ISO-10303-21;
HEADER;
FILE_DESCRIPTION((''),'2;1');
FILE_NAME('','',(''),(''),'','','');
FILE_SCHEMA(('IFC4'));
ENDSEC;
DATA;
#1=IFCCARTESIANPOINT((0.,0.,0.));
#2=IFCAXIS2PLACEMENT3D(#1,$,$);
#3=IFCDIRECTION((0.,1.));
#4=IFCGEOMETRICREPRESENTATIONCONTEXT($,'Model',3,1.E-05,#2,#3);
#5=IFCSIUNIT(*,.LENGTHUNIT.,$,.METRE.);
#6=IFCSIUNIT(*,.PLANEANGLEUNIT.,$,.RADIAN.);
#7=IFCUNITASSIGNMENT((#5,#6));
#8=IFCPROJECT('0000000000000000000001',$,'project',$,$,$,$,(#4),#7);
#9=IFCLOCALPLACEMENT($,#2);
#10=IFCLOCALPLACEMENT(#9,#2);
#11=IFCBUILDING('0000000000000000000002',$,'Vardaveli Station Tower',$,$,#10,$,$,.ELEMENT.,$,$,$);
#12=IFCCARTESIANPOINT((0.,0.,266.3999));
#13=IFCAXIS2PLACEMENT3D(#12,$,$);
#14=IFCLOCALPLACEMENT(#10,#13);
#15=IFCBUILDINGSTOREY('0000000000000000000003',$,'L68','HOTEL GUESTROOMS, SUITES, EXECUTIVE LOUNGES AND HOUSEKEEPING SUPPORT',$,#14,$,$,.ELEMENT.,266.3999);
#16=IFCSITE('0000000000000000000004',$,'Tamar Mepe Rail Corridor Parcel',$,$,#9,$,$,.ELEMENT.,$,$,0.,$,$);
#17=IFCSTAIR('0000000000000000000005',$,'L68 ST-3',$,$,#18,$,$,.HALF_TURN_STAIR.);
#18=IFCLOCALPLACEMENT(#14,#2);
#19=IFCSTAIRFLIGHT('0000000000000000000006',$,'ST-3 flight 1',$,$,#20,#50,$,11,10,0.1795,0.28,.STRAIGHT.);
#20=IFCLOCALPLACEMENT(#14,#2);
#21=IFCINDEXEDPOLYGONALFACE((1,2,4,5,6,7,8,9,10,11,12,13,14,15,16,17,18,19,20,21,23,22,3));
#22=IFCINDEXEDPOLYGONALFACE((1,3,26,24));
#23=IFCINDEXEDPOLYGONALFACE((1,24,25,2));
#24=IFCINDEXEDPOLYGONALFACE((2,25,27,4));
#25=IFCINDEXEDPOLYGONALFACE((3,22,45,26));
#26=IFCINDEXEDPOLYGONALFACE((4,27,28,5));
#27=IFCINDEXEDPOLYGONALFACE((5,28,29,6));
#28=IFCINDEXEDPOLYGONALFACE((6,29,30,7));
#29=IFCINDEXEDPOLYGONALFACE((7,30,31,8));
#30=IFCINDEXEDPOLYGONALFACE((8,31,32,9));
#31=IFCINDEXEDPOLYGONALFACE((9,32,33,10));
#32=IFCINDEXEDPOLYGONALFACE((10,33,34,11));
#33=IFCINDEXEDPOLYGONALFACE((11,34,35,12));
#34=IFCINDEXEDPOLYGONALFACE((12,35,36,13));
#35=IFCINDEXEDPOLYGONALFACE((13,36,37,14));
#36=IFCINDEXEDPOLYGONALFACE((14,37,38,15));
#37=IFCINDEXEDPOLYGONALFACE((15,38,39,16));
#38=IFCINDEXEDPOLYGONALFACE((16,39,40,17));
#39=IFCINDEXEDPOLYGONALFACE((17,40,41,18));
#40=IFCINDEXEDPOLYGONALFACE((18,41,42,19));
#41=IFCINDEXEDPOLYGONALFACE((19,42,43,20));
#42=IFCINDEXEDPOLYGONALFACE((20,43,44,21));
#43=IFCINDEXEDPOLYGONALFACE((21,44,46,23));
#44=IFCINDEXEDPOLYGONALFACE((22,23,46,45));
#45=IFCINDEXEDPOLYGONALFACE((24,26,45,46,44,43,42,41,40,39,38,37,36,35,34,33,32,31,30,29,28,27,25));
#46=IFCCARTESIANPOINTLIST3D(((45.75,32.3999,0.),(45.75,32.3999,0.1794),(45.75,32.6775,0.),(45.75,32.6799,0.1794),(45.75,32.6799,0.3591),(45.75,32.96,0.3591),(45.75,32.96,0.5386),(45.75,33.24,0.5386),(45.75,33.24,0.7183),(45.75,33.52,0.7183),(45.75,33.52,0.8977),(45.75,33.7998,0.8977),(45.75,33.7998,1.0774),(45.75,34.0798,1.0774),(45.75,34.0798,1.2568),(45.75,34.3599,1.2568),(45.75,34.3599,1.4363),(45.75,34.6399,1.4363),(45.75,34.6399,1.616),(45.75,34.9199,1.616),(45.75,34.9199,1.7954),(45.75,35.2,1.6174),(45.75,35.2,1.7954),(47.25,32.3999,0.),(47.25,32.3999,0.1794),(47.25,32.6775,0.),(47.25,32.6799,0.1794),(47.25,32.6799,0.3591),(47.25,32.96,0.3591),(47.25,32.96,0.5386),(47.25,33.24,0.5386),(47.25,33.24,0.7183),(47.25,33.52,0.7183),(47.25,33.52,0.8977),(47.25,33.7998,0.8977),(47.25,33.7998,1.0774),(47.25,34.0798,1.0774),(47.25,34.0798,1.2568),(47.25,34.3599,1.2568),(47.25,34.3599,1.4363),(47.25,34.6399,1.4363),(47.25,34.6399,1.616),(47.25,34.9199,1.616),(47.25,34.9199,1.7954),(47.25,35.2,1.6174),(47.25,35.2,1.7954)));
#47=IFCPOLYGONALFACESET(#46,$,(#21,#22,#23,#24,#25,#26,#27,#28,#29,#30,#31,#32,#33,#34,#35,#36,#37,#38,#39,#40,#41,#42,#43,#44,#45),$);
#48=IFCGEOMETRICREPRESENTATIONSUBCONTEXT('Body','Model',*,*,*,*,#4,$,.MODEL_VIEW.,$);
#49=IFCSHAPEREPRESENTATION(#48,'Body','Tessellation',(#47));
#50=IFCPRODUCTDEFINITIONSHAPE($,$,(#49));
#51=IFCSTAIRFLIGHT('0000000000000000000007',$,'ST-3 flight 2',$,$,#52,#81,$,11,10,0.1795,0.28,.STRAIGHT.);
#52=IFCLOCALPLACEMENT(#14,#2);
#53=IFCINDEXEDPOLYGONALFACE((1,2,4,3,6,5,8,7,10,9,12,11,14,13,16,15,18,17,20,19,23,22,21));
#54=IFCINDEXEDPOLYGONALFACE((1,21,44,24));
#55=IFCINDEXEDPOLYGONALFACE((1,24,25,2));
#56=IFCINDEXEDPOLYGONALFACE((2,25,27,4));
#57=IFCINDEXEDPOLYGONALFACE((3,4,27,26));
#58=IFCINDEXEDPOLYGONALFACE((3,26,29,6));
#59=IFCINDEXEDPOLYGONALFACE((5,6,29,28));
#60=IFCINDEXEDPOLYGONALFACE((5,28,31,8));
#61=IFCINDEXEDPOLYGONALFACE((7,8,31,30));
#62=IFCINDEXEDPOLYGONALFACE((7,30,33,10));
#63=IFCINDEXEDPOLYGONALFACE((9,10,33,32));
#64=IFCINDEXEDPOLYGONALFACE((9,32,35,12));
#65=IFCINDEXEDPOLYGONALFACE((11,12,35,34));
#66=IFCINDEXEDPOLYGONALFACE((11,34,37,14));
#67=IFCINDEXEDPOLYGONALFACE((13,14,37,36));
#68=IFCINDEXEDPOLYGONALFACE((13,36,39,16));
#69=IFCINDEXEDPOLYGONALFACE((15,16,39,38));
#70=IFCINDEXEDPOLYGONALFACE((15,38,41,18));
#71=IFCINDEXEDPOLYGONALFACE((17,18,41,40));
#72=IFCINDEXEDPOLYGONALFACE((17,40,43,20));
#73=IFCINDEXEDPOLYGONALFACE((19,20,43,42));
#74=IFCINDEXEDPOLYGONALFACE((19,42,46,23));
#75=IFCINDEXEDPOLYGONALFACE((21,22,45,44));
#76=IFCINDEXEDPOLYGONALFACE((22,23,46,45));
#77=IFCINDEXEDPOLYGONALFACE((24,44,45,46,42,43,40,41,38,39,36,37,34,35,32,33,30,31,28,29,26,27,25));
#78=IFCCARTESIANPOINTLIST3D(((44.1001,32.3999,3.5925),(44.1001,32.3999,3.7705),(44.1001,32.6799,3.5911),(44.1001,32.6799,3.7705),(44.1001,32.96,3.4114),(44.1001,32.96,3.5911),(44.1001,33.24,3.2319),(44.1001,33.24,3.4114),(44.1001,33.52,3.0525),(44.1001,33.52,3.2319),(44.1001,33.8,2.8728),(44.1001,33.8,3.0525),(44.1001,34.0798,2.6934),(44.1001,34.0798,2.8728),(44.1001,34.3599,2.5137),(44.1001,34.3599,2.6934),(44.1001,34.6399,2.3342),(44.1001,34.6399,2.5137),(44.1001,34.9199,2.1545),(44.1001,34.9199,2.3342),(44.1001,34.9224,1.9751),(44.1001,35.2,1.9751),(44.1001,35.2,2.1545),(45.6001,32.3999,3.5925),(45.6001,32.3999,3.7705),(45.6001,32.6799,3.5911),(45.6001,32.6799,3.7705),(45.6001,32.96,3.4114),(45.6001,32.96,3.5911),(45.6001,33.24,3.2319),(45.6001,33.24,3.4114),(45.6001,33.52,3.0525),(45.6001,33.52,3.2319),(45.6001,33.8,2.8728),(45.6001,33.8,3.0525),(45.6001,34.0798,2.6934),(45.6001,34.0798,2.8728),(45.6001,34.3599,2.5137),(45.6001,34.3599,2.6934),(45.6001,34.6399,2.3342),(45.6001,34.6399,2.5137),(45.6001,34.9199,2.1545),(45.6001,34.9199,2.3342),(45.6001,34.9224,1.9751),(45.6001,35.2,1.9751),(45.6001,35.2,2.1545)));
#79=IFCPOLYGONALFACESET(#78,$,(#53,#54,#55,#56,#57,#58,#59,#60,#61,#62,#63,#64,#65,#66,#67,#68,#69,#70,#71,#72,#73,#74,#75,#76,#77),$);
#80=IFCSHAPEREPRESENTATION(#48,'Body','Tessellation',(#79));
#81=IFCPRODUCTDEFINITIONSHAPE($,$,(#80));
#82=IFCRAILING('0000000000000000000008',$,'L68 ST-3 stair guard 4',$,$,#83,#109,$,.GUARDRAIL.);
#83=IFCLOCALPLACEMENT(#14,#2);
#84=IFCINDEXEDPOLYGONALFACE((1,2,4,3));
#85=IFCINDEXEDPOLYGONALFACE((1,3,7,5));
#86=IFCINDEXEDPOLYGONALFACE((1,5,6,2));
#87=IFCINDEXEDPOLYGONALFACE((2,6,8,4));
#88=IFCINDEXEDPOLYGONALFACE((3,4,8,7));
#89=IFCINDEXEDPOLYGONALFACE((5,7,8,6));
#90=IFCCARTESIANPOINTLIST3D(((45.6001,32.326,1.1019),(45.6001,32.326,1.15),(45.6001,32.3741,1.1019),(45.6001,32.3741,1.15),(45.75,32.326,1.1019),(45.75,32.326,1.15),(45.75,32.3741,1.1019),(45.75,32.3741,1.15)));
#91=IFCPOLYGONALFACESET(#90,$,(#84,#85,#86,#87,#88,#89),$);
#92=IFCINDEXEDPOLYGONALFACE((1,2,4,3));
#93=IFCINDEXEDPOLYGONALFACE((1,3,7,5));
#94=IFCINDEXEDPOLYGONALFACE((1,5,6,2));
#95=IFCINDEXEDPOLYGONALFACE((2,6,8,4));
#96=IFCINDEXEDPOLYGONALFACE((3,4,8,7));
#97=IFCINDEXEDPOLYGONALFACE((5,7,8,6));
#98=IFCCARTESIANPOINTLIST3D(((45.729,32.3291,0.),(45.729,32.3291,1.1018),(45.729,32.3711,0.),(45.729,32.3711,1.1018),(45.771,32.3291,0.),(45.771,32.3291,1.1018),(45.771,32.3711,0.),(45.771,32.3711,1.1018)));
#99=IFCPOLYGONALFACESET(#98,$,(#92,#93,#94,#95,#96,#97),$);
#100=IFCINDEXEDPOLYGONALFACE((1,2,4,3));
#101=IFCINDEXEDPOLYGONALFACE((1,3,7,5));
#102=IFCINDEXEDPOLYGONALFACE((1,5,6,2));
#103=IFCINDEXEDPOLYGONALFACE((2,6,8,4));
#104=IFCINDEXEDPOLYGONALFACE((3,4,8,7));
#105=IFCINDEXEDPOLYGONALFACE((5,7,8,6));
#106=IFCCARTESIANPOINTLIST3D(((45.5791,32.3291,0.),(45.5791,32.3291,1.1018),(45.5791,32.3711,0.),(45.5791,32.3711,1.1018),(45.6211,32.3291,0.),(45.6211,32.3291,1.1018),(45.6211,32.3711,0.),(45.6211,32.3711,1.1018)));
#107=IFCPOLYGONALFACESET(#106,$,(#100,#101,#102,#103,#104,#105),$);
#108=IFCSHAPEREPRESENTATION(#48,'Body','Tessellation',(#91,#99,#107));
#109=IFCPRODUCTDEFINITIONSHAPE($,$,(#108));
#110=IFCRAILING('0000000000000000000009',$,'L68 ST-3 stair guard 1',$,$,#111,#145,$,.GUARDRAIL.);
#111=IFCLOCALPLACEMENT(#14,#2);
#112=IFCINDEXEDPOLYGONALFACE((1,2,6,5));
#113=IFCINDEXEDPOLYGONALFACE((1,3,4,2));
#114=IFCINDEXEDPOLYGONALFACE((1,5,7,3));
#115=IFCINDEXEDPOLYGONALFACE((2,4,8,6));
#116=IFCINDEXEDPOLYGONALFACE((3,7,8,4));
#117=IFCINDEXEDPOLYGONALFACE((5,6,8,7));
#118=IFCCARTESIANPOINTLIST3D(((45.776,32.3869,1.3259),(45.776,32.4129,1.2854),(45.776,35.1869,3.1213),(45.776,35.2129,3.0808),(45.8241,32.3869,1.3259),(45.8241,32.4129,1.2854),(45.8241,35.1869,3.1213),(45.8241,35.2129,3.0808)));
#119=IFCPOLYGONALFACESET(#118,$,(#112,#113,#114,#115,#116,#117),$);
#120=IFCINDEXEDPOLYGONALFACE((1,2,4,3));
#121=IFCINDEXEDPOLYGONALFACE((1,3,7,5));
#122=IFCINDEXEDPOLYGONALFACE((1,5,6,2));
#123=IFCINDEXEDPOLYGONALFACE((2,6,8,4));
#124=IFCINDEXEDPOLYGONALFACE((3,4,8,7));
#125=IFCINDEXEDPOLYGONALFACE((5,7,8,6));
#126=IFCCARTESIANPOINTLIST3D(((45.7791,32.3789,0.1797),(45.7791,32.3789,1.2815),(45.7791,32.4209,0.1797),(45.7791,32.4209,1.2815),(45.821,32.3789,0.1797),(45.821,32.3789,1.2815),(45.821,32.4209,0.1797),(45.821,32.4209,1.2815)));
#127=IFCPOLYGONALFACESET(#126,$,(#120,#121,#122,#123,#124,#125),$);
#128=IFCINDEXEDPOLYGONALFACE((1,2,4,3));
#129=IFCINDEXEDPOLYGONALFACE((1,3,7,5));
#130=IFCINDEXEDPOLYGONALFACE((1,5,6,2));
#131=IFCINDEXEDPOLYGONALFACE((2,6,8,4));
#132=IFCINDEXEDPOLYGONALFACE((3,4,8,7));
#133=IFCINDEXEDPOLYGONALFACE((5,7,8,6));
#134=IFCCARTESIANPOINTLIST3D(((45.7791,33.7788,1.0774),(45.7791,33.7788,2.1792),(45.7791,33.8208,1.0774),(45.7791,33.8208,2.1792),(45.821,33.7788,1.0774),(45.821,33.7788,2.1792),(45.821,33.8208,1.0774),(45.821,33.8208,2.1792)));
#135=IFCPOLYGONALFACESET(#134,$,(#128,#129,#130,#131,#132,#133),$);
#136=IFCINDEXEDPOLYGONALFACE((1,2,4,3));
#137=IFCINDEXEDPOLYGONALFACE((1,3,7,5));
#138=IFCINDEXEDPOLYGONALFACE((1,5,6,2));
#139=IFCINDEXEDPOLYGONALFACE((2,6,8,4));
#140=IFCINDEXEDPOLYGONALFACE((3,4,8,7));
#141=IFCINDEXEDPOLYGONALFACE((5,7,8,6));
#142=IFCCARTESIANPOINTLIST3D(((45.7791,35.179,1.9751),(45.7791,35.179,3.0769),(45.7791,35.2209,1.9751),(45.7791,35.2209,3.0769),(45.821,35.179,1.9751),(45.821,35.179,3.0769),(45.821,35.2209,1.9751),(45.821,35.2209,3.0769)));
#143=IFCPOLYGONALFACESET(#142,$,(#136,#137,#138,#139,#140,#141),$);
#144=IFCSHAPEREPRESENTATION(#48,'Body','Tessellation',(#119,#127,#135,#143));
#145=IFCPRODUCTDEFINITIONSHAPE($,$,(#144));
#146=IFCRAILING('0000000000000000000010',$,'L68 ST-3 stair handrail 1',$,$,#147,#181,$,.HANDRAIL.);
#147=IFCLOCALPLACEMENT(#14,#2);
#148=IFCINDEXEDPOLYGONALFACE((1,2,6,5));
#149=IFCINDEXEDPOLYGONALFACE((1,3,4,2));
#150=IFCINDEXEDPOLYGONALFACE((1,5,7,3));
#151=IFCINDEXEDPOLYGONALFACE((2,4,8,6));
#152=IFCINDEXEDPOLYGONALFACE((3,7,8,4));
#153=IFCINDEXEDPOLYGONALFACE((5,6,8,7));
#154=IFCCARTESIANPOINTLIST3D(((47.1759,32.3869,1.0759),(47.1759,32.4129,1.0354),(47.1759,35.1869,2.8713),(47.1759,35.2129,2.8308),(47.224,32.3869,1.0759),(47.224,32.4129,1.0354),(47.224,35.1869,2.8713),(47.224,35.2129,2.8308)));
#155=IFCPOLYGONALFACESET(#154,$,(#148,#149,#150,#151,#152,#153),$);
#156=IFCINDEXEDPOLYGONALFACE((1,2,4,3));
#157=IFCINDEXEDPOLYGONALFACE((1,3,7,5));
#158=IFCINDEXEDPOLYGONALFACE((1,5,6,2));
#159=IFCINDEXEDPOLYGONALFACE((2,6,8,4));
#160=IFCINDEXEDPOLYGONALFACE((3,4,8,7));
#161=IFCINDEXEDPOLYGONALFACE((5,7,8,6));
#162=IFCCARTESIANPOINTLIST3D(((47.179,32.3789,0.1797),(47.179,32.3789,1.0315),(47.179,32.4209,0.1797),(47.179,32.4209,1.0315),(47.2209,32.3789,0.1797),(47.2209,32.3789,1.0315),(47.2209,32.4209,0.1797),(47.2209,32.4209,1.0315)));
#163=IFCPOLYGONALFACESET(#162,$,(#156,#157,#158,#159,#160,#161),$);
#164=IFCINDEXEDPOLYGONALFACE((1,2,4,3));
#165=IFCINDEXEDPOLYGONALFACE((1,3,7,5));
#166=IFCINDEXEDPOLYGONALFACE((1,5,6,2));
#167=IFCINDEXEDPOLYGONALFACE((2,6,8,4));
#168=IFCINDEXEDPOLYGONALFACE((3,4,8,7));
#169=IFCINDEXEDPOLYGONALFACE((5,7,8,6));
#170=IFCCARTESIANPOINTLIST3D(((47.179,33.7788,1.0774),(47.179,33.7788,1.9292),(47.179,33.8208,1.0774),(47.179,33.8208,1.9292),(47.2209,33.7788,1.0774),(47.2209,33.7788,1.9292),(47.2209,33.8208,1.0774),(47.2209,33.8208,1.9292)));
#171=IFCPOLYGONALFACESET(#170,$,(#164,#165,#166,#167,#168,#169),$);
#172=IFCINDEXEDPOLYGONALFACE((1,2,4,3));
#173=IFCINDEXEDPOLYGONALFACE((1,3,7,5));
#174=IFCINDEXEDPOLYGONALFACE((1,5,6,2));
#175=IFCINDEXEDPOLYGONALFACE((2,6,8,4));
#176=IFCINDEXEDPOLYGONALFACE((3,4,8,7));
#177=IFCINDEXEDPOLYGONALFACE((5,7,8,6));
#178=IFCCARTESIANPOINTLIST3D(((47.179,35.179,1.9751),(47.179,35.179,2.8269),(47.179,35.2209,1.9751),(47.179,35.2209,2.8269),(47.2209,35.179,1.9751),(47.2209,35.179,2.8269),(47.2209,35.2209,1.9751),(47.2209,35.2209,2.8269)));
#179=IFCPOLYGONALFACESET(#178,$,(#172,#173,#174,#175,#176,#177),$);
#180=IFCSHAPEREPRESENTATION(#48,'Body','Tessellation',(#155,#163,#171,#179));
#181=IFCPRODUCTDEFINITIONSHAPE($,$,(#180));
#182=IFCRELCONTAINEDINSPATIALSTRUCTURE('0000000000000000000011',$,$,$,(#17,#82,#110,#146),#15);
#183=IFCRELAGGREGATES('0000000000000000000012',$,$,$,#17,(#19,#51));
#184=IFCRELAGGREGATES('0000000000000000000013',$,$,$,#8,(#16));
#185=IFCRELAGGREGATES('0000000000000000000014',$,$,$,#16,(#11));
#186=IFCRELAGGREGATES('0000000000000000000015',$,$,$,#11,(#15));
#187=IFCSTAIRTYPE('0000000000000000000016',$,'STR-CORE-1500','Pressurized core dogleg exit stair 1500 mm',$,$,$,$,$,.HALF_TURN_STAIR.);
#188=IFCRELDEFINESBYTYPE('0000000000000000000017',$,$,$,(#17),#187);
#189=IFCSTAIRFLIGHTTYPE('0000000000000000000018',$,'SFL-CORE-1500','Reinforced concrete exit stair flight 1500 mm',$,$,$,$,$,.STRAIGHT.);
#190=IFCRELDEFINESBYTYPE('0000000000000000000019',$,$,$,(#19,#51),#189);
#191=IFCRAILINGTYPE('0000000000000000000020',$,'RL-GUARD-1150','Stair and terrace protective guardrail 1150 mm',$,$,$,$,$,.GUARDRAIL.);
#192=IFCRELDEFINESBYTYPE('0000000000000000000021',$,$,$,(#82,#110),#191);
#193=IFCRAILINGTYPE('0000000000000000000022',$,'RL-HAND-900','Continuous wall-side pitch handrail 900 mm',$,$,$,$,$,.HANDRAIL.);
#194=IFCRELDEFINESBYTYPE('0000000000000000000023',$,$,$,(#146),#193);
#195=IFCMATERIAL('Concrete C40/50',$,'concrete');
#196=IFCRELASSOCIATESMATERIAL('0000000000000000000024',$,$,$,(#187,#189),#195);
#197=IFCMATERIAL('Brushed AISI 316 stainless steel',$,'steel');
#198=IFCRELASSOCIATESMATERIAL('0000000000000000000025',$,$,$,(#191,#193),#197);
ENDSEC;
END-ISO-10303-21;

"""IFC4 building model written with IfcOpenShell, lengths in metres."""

from ifc_helpers import new_model, si_unit, direction, frame, origin, origin_2d, place, context, subcontext, project, spatial, polyline, rectangle, outline, extrude, source, transform, mapped, material, type_object, element, aggregate, save


model = new_model("IFC4")

# Units and contexts
model_context = context("Model", 3, precision=1e-05, world=origin(), true_north=direction((0.0, 1.0)))
body_context = subcontext(model_context, "Body", "Model", "MODEL_VIEW")
ifc_project = project(units=[si_unit("LENGTHUNIT", "METRE"), si_unit("PLANEANGLEUNIT", "RADIAN")], contexts=[model_context])

# Site, building, storey
site_placement = place(None, origin())
site = spatial("IfcSite", under=ifc_project, at=site_placement, Name="Tamar Mepe Rail Corridor Parcel", CompositionType="ELEMENT", RefElevation=0.0)
building_placement = place(site_placement, origin())
building = spatial("IfcBuilding", under=site, at=building_placement, Name="Vardaveli Station Tower", CompositionType="ELEMENT")
storey_placement = place(building_placement, frame((0.0, 0.0, 266.3999)))
storey = spatial("IfcBuildingStorey", under=building, at=storey_placement, Name="L68", Description="HOTEL GUESTROOMS, SUITES, EXECUTIVE LOUNGES AND HOUSEKEEPING SUPPORT", CompositionType="ELEMENT", Elevation=266.3999)

# Shared definitions
ifc_material_1 = material(Name="Concrete C40/50", Category="concrete")

# Stair, stair flights
stair_type = type_object("IfcStairType", Name="STR-CORE-1500", Description="Pressurized core dogleg exit stair 1500 mm", PredefinedType="HALF_TURN_STAIR", material=ifc_material_1)
stair_placement = place(storey_placement, origin())
stair = element("IfcStair", 1, at=stair_placement, inside=storey, type_object=stair_type, Name="L68 ST-3", PredefinedType="HALF_TURN_STAIR")
stair_flight_type = type_object("IfcStairFlightType", Name="SFL-CORE-1500", Description="Reinforced concrete exit stair flight 1500 mm", PredefinedType="STRAIGHT", material=ifc_material_1)
shared_shape_1 = source(origin(), body_context, "Body", "SweptSolid", [
    extrude(outline(polyline([(0.0, 0.0), (0.0, 0.1794), (0.28, 0.1794), (0.28, 0.3591), (0.5601, 0.3591), (0.5601, 0.5386), (0.8401, 0.5386), (0.8401, 0.7183), (1.1201, 0.7183), (1.1201, 0.8977), (1.3999, 0.8977), (1.3999, 1.0774), (1.6799, 1.0774), (1.6799, 1.2568), (1.96, 1.2568), (1.96, 1.4363), (2.24, 1.4363), (2.24, 1.616), (2.52, 1.616), (2.52, 1.7954), (2.8, 1.7954), (2.8, 1.9751), (2.8, 1.6174), (0.2776, 0.0), (0.0, 0.0)])), frame((0.0, 0.75, 0.0), z_axis=(0.0, -1.0, 0.0), x_axis=(1.0, 0.0, 0.0)), (0.0, 0.0, 1.0), 1.5),
])
stair_flight_1_placement = place(storey_placement, frame((46.5, 32.3999, 0.0), z_axis=(0.0, 0.0, 1.0), x_axis=(0.0, 1.0, 0.0)))
stair_flight_1 = element("IfcStairFlight", 2, at=stair_flight_1_placement, type_object=stair_flight_type, Name="ST-3 flight 1", NumberOfRisers=11, NumberOfTreads=10, PredefinedType="STRAIGHT", RiserHeight=0.1795, TreadLength=0.28, context=body_context, shape_type="MappedRepresentation", body=[
    mapped(shared_shape_1, transform((0.0, 0.0, 0.0), scale=1.0)),
])
stair_flight_2_placement = place(storey_placement, frame((44.8501, 35.2, 1.9751), z_axis=(0.0, 0.0, 1.0), x_axis=(0.0, -1.0, 0.0)))
stair_flight_2 = element("IfcStairFlight", 3, at=stair_flight_2_placement, type_object=stair_flight_type, Name="ST-3 flight 2", NumberOfRisers=11, NumberOfTreads=10, PredefinedType="STRAIGHT", RiserHeight=0.1795, TreadLength=0.28, context=body_context, shape_type="MappedRepresentation", body=[
    mapped(shared_shape_1, transform((0.0, 0.0, 0.0), scale=1.0)),
])
aggregate(stair, [stair_flight_1, stair_flight_2])

# Railings
ifc_material_2 = material(Name="Brushed AISI 316 stainless steel", Category="steel")
railing_type_1 = type_object("IfcRailingType", Name="RL-GUARD-1150", Description="Stair and terrace protective guardrail 1150 mm", PredefinedType="GUARDRAIL", material=ifc_material_2)
shared_shape_2 = source(origin(), body_context, "Body", "SweptSolid", [
    extrude(rectangle(XDim=0.0481, YDim=0.0481, at=origin_2d()), frame((0.0, 0.0, 1.126), z_axis=(-1.0, 0.0, 0.0), x_axis=(0.0, -1.0, 0.0)), (0.0, 0.0, 1.0), 0.1499),
    extrude(rectangle(XDim=0.042, YDim=0.042, at=origin_2d()), origin(), (0.0, 0.0, 1.0), 1.1018),
    extrude(rectangle(XDim=0.042, YDim=0.042, at=origin_2d()), frame((-0.1499, 0.0, 0.0)), (0.0, 0.0, 1.0), 1.1018),
])
railing_1_placement = place(storey_placement, frame((45.75, 32.3501, 0.0)))
element("IfcRailing", 4, at=railing_1_placement, inside=storey, type_object=railing_type_1, Name="L68 ST-3 stair guard 4", PredefinedType="GUARDRAIL", context=body_context, shape_type="MappedRepresentation", body=[
    mapped(shared_shape_2, transform((0.0, 0.0, 0.0), scale=1.0)),
])
shared_shape_3 = source(origin(), body_context, "Body", "SweptSolid", [
    extrude(rectangle(XDim=0.0481, YDim=0.0481, at=origin_2d()), frame((0.0, 0.0, 1.126), z_axis=(0.0, 0.84181, 0.539774), x_axis=(-1.0, 0.0, 0.0)), (0.0, 0.0, 1.0), 3.3262),
    extrude(rectangle(XDim=0.042, YDim=0.042, at=origin_2d()), origin(), (0.0, 0.0, 1.0), 1.1018),
    extrude(rectangle(XDim=0.042, YDim=0.042, at=origin_2d()), frame((0.0, 1.3999, 0.8977)), (0.0, 0.0, 1.0), 1.1018),
    extrude(rectangle(XDim=0.042, YDim=0.042, at=origin_2d()), frame((0.0, 2.8, 1.7954)), (0.0, 0.0, 1.0), 1.1018),
])
railing_2_placement = place(storey_placement, frame((45.8, 32.3999, 0.1797)))
element("IfcRailing", 5, at=railing_2_placement, inside=storey, type_object=railing_type_1, Name="L68 ST-3 stair guard 1", PredefinedType="GUARDRAIL", context=body_context, shape_type="MappedRepresentation", body=[
    mapped(shared_shape_3, transform((0.0, 0.0, 0.0), scale=1.0)),
])
railing_type_2 = type_object("IfcRailingType", Name="RL-HAND-900", Description="Continuous wall-side pitch handrail 900 mm", PredefinedType="HANDRAIL", material=ifc_material_2)
shared_shape_4 = source(origin(), body_context, "Body", "SweptSolid", [
    extrude(rectangle(XDim=0.0481, YDim=0.0481, at=origin_2d()), frame((0.0, 0.0, 0.876), z_axis=(0.0, 0.84181, 0.539774), x_axis=(-1.0, 0.0, 0.0)), (0.0, 0.0, 1.0), 3.3262),
    extrude(rectangle(XDim=0.042, YDim=0.042, at=origin_2d()), origin(), (0.0, 0.0, 1.0), 0.8518),
    extrude(rectangle(XDim=0.042, YDim=0.042, at=origin_2d()), frame((0.0, 1.3999, 0.8977)), (0.0, 0.0, 1.0), 0.8518),
    extrude(rectangle(XDim=0.042, YDim=0.042, at=origin_2d()), frame((0.0, 2.8, 1.7954)), (0.0, 0.0, 1.0), 0.8518),
])
railing_3_placement = place(storey_placement, frame((47.2, 32.3999, 0.1797)))
element("IfcRailing", 6, at=railing_3_placement, inside=storey, type_object=railing_type_2, Name="L68 ST-3 stair handrail 1", PredefinedType="HANDRAIL", context=body_context, shape_type="MappedRepresentation", body=[
    mapped(shared_shape_4, transform((0.0, 0.0, 0.0), scale=1.0)),
])

save(model, "model.ifc")
